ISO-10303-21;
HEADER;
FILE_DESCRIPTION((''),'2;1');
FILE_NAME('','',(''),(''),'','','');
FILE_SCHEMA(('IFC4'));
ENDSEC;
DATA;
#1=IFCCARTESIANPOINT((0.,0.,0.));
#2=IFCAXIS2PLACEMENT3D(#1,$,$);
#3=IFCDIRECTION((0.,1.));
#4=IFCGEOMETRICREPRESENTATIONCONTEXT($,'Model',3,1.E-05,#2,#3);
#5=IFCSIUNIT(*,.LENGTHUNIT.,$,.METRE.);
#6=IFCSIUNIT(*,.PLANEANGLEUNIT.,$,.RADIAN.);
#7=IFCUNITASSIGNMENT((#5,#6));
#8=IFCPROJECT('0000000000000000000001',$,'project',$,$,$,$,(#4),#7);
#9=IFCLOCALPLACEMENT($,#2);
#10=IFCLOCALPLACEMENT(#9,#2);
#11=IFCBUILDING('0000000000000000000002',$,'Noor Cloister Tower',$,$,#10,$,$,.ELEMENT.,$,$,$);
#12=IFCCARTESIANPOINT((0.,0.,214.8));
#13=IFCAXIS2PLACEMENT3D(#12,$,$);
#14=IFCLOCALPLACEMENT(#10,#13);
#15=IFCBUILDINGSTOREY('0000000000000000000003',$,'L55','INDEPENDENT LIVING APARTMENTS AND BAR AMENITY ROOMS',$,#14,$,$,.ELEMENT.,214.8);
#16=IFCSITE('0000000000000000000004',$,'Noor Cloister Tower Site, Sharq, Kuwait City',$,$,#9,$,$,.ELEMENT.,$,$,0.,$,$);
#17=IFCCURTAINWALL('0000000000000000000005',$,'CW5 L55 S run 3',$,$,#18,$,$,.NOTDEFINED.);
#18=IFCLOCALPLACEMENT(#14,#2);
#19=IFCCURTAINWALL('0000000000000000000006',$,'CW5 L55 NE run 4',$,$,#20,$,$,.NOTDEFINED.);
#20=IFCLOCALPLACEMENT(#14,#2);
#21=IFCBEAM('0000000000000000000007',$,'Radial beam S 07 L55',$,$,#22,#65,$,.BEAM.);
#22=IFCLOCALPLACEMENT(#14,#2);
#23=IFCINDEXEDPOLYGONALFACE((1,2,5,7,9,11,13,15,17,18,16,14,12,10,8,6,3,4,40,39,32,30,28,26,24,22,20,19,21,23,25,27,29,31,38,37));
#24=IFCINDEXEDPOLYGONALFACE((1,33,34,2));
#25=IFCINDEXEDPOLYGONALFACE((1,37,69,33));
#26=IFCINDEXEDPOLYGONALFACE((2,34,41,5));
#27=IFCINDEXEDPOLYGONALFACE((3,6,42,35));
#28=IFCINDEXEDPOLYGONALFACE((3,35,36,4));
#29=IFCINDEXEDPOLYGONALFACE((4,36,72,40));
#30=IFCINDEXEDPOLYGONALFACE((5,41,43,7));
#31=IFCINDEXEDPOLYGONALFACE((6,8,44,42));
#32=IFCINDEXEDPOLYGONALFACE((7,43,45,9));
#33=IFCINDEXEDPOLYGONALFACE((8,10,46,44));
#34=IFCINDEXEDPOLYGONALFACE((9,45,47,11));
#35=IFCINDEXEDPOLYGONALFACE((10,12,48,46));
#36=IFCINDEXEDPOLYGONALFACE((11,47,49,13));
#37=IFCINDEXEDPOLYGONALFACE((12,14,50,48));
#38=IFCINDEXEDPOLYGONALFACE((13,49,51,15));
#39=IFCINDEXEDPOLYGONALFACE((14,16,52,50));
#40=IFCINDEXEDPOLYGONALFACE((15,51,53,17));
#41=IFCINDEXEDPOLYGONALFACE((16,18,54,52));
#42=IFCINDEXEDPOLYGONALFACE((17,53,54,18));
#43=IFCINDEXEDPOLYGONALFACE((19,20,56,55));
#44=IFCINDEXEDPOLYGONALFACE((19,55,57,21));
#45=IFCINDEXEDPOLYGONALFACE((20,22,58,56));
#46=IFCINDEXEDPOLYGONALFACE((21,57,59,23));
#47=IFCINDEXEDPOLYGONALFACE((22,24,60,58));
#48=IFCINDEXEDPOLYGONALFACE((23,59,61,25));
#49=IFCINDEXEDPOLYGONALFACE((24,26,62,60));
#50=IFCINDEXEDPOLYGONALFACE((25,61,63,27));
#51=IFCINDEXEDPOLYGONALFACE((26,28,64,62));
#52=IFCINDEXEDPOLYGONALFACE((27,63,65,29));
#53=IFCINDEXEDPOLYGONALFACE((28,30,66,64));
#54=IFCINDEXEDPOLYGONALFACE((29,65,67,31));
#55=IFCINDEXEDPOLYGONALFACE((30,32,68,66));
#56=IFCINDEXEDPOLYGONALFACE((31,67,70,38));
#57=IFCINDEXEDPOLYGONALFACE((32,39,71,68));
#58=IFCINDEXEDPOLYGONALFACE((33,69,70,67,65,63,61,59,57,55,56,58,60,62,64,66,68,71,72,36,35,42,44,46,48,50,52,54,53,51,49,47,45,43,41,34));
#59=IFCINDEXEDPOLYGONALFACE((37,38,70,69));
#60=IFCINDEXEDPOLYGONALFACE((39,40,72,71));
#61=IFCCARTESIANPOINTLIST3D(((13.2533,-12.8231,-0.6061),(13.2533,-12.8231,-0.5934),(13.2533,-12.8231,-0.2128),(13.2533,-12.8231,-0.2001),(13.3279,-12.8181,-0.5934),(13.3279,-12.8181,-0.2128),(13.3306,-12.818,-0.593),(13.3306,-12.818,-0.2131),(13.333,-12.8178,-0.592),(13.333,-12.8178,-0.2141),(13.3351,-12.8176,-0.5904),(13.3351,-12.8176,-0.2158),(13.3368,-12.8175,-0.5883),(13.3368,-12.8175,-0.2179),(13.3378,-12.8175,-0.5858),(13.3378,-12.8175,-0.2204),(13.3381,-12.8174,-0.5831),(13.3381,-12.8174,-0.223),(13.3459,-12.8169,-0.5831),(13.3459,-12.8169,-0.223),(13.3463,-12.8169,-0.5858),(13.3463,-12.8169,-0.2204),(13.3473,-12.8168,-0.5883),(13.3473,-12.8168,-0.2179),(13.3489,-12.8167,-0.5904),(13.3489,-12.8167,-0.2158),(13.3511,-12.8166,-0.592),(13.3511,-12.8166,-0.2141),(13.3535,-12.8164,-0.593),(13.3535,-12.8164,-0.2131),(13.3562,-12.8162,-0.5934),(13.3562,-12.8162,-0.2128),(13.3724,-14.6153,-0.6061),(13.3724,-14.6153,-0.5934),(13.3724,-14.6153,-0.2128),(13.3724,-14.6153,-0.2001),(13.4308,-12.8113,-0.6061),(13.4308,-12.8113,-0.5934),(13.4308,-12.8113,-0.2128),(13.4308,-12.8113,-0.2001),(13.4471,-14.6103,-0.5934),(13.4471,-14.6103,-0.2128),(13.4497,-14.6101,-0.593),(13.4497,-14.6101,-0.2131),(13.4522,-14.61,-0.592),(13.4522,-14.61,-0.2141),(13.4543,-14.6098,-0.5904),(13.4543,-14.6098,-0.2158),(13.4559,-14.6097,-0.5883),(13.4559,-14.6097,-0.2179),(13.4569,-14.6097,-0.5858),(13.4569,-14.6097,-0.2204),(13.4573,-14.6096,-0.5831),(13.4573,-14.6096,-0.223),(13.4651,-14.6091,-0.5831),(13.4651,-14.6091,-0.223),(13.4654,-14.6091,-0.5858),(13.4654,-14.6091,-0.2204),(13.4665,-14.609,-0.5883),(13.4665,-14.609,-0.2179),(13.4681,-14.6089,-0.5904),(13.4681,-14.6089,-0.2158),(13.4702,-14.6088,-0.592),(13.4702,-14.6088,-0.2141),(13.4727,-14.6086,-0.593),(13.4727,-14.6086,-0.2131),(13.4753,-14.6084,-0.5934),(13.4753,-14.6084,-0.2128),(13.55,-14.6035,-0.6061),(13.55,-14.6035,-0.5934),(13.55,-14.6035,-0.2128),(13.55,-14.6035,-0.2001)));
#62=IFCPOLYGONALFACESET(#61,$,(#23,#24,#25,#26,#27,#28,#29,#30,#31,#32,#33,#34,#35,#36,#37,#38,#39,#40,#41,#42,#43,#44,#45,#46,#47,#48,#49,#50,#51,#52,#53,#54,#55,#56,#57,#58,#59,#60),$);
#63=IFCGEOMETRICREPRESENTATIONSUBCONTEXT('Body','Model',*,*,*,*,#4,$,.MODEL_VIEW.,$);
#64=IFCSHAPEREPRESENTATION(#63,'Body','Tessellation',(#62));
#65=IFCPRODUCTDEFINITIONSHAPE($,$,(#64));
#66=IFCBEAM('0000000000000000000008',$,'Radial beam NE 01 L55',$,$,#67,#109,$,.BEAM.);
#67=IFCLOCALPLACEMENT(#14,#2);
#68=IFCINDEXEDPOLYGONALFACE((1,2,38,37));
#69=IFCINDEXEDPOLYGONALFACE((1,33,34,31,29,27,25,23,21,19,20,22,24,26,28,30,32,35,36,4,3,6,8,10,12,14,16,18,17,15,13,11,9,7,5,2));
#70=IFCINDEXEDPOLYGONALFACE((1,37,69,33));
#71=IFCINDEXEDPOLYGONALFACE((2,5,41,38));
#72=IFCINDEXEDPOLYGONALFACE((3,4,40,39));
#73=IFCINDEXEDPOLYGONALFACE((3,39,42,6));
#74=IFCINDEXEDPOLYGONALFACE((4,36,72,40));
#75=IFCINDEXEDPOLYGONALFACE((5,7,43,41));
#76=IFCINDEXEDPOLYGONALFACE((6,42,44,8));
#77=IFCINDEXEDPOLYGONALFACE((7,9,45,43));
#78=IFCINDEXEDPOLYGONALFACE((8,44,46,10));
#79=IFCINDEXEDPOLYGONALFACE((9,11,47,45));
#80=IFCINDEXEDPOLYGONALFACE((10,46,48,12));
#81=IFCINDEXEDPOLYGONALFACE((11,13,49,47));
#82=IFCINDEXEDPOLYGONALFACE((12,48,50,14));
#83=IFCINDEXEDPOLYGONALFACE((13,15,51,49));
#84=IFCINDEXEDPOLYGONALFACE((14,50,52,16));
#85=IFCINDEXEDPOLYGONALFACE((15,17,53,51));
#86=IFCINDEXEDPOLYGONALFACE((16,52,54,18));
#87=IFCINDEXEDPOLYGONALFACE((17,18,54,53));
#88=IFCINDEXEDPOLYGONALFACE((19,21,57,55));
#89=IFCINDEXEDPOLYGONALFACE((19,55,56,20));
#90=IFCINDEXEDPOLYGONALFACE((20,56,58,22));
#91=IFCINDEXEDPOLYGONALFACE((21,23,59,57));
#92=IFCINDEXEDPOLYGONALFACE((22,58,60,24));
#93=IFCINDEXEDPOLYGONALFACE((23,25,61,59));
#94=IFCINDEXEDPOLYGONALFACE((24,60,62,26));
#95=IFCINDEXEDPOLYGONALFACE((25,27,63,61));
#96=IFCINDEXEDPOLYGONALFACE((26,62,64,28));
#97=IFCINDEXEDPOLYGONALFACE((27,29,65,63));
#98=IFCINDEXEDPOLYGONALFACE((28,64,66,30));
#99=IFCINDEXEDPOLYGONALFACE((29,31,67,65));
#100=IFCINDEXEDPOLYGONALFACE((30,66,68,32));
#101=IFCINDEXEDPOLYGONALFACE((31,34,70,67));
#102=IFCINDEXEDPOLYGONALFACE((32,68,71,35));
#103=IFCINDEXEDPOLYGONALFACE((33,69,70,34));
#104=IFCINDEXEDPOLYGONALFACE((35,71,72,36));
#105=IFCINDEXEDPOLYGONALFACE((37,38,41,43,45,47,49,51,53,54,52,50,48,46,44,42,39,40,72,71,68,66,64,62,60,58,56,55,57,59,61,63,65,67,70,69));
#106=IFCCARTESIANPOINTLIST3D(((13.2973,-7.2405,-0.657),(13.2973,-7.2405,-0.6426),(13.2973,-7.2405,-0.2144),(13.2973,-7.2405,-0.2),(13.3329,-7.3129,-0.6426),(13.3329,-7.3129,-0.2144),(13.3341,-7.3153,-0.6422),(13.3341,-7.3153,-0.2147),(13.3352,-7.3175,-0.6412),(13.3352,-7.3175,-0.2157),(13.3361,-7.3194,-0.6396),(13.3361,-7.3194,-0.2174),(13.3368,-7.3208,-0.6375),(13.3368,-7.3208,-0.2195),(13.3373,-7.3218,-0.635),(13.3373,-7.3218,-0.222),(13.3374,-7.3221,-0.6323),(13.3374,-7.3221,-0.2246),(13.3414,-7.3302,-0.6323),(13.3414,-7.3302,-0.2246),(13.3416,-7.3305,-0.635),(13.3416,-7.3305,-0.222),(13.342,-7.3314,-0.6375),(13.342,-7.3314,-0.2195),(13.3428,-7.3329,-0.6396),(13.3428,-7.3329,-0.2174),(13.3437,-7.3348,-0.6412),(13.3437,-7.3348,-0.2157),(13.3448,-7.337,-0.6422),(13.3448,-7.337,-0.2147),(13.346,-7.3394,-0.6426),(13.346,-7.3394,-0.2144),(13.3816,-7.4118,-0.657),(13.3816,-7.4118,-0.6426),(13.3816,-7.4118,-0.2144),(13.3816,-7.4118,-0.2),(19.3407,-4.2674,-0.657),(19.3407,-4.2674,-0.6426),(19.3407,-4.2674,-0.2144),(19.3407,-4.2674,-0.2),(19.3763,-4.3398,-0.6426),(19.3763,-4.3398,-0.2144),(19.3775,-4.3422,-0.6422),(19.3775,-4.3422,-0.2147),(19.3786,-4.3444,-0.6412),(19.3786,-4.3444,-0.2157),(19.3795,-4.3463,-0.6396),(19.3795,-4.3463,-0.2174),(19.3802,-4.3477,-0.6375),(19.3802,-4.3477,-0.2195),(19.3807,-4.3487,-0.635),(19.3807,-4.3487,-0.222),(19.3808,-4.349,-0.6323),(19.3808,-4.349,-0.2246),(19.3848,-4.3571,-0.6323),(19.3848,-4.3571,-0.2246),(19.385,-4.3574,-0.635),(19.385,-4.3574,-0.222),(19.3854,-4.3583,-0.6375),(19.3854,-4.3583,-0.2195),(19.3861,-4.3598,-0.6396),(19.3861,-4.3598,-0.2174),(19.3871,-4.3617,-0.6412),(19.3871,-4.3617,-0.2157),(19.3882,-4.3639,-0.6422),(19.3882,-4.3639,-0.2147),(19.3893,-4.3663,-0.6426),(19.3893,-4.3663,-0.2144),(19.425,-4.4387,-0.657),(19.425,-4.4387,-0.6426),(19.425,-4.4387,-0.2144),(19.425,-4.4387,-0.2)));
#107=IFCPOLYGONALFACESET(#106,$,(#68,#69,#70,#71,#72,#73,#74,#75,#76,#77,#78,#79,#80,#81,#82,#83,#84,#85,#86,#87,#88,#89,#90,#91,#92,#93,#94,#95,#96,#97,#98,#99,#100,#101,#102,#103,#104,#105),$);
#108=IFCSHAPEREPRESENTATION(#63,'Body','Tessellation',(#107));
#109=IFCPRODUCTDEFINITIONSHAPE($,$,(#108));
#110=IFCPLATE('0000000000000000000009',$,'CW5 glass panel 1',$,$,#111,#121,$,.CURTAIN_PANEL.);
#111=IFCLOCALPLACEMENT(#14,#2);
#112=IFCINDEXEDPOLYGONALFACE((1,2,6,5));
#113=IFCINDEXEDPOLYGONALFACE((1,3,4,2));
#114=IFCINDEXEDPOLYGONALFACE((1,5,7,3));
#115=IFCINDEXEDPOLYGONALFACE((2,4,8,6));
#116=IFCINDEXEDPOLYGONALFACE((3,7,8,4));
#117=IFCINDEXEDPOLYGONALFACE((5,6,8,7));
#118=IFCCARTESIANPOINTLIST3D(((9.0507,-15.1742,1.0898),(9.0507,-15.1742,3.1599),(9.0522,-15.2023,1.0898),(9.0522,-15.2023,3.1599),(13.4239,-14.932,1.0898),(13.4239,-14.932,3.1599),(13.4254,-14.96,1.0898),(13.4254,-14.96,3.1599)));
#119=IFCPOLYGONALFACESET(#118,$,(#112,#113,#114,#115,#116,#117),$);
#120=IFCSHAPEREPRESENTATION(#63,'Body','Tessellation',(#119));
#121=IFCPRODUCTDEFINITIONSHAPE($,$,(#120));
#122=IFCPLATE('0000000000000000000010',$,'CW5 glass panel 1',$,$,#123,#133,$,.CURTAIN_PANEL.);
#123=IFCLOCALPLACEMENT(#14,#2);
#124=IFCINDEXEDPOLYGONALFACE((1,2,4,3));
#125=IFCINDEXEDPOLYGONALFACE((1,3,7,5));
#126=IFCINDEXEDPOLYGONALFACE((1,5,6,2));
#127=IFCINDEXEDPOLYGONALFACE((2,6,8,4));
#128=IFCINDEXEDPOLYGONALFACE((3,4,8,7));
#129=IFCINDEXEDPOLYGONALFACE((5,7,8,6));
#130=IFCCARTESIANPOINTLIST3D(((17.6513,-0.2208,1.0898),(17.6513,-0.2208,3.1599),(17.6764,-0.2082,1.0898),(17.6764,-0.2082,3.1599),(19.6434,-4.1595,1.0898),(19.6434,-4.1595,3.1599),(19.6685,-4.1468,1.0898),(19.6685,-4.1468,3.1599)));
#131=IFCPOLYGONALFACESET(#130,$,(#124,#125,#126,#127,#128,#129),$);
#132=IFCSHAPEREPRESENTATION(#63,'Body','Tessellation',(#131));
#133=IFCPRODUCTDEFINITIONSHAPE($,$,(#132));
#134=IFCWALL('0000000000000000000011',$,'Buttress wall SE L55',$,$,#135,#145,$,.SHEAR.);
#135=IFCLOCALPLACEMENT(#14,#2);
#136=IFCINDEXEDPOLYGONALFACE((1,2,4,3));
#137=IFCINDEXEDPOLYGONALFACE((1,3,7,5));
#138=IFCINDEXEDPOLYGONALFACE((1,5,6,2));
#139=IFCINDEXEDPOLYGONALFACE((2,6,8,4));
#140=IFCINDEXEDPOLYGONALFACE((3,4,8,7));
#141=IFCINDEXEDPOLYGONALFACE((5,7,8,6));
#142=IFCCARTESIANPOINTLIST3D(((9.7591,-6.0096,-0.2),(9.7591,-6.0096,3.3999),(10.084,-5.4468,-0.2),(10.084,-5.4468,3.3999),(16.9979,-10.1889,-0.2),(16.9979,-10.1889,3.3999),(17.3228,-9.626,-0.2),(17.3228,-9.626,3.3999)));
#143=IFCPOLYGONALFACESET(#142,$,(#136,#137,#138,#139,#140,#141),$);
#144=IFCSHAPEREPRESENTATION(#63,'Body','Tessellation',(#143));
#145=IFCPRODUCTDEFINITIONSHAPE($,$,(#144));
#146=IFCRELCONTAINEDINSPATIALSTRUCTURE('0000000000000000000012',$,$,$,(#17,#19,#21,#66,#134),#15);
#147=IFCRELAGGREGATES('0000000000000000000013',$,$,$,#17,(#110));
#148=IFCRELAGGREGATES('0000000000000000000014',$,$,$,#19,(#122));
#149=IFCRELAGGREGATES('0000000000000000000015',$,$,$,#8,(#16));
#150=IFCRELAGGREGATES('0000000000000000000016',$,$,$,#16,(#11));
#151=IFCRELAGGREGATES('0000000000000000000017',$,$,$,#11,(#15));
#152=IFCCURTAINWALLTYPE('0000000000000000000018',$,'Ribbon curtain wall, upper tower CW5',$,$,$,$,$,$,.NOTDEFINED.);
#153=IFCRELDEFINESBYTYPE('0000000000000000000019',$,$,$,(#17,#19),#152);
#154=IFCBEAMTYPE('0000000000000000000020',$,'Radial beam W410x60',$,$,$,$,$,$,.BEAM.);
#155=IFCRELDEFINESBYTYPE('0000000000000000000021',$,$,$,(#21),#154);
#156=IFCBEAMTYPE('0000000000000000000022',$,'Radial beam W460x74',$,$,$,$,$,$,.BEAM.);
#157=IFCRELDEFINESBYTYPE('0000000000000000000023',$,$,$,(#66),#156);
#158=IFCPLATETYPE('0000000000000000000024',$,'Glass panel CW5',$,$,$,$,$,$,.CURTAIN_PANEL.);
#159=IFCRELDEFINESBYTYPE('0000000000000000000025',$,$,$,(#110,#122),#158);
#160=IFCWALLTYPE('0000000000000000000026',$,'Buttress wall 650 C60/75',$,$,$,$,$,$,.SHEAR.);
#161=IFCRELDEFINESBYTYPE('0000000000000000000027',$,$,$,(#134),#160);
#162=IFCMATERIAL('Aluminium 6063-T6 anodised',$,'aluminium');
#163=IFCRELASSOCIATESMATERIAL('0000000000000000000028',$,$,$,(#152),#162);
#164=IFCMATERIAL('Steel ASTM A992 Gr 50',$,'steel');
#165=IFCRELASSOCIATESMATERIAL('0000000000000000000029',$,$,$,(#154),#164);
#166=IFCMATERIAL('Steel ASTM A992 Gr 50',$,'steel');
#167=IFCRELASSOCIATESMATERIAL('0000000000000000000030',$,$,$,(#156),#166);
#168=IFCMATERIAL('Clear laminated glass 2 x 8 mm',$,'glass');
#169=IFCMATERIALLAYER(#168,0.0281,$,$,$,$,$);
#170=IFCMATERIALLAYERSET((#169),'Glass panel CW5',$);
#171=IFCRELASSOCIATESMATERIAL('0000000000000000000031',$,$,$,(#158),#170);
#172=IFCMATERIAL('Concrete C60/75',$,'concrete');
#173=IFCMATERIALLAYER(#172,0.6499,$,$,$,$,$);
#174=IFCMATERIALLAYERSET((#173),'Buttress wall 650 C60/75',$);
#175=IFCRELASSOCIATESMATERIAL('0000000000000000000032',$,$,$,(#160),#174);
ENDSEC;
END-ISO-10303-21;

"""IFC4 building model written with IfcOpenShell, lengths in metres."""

from ifc_helpers import new_model, si_unit, direction, frame, frame_2d, origin, origin_2d, place, context, subcontext, project, spatial, rectangle, i_section, extrude, material, layer, layer_set, material_profile, profile_set, type_object, element, aggregate, save


model = new_model("IFC4")

# Units and contexts
model_context = context("Model", 3, precision=1e-05, world=origin(), true_north=direction((0.0, 1.0)))
body_context = subcontext(model_context, "Body", "Model", "MODEL_VIEW")
ifc_project = project(units=[si_unit("LENGTHUNIT", "METRE"), si_unit("PLANEANGLEUNIT", "RADIAN")], contexts=[model_context])

# Site, building, storey
site_placement = place(None, origin())
site = spatial("IfcSite", under=ifc_project, at=site_placement, Name="Noor Cloister Tower Site, Sharq, Kuwait City", CompositionType="ELEMENT", RefElevation=0.0)
building_placement = place(site_placement, origin())
building = spatial("IfcBuilding", under=site, at=building_placement, Name="Noor Cloister Tower", CompositionType="ELEMENT")
storey_placement = place(building_placement, frame((0.0, 0.0, 214.8)))
storey = spatial("IfcBuildingStorey", under=building, at=storey_placement, Name="L55", Description="INDEPENDENT LIVING APARTMENTS AND BAR AMENITY ROOMS", CompositionType="ELEMENT", Elevation=214.8)

# Curtain walls
ifc_material_1 = material(Name="Aluminium 6063-T6 anodised", Category="aluminium")
curtain_wall_type = type_object("IfcCurtainWallType", Name="Ribbon curtain wall, upper tower CW5", PredefinedType="NOTDEFINED", material=ifc_material_1)
curtain_wall_1_placement = place(storey_placement, origin())
curtain_wall_1 = element("IfcCurtainWall", 1, at=curtain_wall_1_placement, inside=storey, type_object=curtain_wall_type, Name="CW5 L55 S run 3", PredefinedType="NOTDEFINED")
curtain_wall_2_placement = place(storey_placement, origin())
curtain_wall_2 = element("IfcCurtainWall", 2, at=curtain_wall_2_placement, inside=storey, type_object=curtain_wall_type, Name="CW5 L55 NE run 4", PredefinedType="NOTDEFINED")

# Beams
ifc_material_2 = material(Name="Steel ASTM A992 Gr 50", Category="steel")
ifc_material_profile_1 = material_profile(ifc_material_2, i_section(OverallWidth=0.178, OverallDepth=0.406, WebThickness=0.0078, FlangeThickness=0.0127, FilletRadius=0.0103, at=origin_2d()), Name="W410x60")
ifc_profile_set_1 = profile_set([ifc_material_profile_1], Name="Steel ASTM A992 Gr 50")
beam_type_1 = type_object("IfcBeamType", Name="Radial beam W410x60", PredefinedType="BEAM", material=ifc_profile_set_1)
beam_1_placement = place(storey_placement, frame((13.4612, -14.6094, -0.4031), z_axis=(-0.06633, 0.997798, 0.0), x_axis=(-0.997798, -0.06633, 0.0)))
element("IfcBeam", 3, at=beam_1_placement, inside=storey, type_object=beam_type_1, Name="Radial beam S 07 L55", PredefinedType="BEAM", context=body_context, shape_type="SweptSolid", body=[
    extrude(i_section(OverallWidth=0.178, OverallDepth=0.406, WebThickness=0.0078, FlangeThickness=0.0127, FilletRadius=0.0103, at=origin_2d()), origin(), (0.0, 0.0, 1.0), 1.7961),
])
ifc_material_3 = material(Name="Steel ASTM A992 Gr 50", Category="steel")
ifc_material_profile_2 = material_profile(ifc_material_3, i_section(OverallWidth=0.1909, OverallDepth=0.457, WebThickness=0.009, FlangeThickness=0.0144, FilletRadius=0.0103, at=origin_2d()), Name="W460x74")
ifc_profile_set_2 = profile_set([ifc_material_profile_2], Name="Steel ASTM A992 Gr 50")
beam_type_2 = type_object("IfcBeamType", Name="Radial beam W460x74", PredefinedType="BEAM", material=ifc_profile_set_2)
beam_2_placement = place(storey_placement, frame((19.3828, -4.353, -0.4285), z_axis=(-0.897294, -0.441434, 0.0), x_axis=(0.441434, -0.897294, 0.0)))
element("IfcBeam", 4, at=beam_2_placement, inside=storey, type_object=beam_type_2, Name="Radial beam NE 01 L55", PredefinedType="BEAM", context=body_context, shape_type="SweptSolid", body=[
    extrude(i_section(OverallWidth=0.1909, OverallDepth=0.457, WebThickness=0.009, FlangeThickness=0.0144, FilletRadius=0.0103, at=origin_2d()), origin(), (0.0, 0.0, 1.0), 6.7351),
])

# Plates
ifc_material_4 = material(Name="Clear laminated glass 2 x 8 mm", Category="glass")
ifc_layer_1 = layer(ifc_material_4, 0.0281)
ifc_layer_set_1 = layer_set([ifc_layer_1], Name="Glass panel CW5")
plate_type = type_object("IfcPlateType", Name="Glass panel CW5", PredefinedType="CURTAIN_PANEL", material=ifc_layer_set_1)
plate_1_placement = place(storey_placement, frame((11.238, -15.0671, 1.0898), z_axis=(0.0, 0.0, 1.0), x_axis=(0.998469, 0.055305, 0.0)))
plate_1 = element("IfcPlate", 5, at=plate_1_placement, type_object=plate_type, Name="CW5 glass panel 1", PredefinedType="CURTAIN_PANEL", context=body_context, shape_type="SweptSolid", body=[
    extrude(rectangle(XDim=4.3799, YDim=0.0281, at=origin_2d()), origin(), (0.0, 0.0, 1.0), 2.0701),
])
aggregate(curtain_wall_1, [plate_1])
plate_2_placement = place(storey_placement, frame((18.6599, -2.1838, 1.0898), z_axis=(0.0, 0.0, 1.0), x_axis=(-0.451339, 0.892353, 0.0)))
plate_2 = element("IfcPlate", 6, at=plate_2_placement, type_object=plate_type, Name="CW5 glass panel 1", PredefinedType="CURTAIN_PANEL", context=body_context, shape_type="SweptSolid", body=[
    extrude(rectangle(XDim=4.4138, YDim=0.0281, at=origin_2d()), origin(), (0.0, 0.0, 1.0), 2.0701),
])
aggregate(curtain_wall_2, [plate_2])

# Wall
ifc_material_5 = material(Name="Concrete C60/75", Category="concrete")
ifc_layer_2 = layer(ifc_material_5, 0.6499)
ifc_layer_set_2 = layer_set([ifc_layer_2], Name="Buttress wall 650 C60/75")
wall_type_1 = type_object("IfcWallType", Name="Buttress wall 650 C60/75", PredefinedType="SHEAR", material=ifc_layer_set_2)
wall_1_placement = place(storey_placement, frame((9.9216, -5.7283, -0.2), z_axis=(0.0, 0.0, 1.0), x_axis=(0.866031, -0.49999, 0.0)))
element("IfcWall", 7, at=wall_1_placement, inside=storey, type_object=wall_type_1, Name="Buttress wall SE L55", PredefinedType="SHEAR", context=body_context, shape_type="SweptSolid", body=[
    extrude(rectangle(XDim=8.3586, YDim=0.6499, at=frame_2d((4.1792, 0.0))), origin(), (0.0, 0.0, 1.0), 3.5999),
])

save(model, "model.ifc")
